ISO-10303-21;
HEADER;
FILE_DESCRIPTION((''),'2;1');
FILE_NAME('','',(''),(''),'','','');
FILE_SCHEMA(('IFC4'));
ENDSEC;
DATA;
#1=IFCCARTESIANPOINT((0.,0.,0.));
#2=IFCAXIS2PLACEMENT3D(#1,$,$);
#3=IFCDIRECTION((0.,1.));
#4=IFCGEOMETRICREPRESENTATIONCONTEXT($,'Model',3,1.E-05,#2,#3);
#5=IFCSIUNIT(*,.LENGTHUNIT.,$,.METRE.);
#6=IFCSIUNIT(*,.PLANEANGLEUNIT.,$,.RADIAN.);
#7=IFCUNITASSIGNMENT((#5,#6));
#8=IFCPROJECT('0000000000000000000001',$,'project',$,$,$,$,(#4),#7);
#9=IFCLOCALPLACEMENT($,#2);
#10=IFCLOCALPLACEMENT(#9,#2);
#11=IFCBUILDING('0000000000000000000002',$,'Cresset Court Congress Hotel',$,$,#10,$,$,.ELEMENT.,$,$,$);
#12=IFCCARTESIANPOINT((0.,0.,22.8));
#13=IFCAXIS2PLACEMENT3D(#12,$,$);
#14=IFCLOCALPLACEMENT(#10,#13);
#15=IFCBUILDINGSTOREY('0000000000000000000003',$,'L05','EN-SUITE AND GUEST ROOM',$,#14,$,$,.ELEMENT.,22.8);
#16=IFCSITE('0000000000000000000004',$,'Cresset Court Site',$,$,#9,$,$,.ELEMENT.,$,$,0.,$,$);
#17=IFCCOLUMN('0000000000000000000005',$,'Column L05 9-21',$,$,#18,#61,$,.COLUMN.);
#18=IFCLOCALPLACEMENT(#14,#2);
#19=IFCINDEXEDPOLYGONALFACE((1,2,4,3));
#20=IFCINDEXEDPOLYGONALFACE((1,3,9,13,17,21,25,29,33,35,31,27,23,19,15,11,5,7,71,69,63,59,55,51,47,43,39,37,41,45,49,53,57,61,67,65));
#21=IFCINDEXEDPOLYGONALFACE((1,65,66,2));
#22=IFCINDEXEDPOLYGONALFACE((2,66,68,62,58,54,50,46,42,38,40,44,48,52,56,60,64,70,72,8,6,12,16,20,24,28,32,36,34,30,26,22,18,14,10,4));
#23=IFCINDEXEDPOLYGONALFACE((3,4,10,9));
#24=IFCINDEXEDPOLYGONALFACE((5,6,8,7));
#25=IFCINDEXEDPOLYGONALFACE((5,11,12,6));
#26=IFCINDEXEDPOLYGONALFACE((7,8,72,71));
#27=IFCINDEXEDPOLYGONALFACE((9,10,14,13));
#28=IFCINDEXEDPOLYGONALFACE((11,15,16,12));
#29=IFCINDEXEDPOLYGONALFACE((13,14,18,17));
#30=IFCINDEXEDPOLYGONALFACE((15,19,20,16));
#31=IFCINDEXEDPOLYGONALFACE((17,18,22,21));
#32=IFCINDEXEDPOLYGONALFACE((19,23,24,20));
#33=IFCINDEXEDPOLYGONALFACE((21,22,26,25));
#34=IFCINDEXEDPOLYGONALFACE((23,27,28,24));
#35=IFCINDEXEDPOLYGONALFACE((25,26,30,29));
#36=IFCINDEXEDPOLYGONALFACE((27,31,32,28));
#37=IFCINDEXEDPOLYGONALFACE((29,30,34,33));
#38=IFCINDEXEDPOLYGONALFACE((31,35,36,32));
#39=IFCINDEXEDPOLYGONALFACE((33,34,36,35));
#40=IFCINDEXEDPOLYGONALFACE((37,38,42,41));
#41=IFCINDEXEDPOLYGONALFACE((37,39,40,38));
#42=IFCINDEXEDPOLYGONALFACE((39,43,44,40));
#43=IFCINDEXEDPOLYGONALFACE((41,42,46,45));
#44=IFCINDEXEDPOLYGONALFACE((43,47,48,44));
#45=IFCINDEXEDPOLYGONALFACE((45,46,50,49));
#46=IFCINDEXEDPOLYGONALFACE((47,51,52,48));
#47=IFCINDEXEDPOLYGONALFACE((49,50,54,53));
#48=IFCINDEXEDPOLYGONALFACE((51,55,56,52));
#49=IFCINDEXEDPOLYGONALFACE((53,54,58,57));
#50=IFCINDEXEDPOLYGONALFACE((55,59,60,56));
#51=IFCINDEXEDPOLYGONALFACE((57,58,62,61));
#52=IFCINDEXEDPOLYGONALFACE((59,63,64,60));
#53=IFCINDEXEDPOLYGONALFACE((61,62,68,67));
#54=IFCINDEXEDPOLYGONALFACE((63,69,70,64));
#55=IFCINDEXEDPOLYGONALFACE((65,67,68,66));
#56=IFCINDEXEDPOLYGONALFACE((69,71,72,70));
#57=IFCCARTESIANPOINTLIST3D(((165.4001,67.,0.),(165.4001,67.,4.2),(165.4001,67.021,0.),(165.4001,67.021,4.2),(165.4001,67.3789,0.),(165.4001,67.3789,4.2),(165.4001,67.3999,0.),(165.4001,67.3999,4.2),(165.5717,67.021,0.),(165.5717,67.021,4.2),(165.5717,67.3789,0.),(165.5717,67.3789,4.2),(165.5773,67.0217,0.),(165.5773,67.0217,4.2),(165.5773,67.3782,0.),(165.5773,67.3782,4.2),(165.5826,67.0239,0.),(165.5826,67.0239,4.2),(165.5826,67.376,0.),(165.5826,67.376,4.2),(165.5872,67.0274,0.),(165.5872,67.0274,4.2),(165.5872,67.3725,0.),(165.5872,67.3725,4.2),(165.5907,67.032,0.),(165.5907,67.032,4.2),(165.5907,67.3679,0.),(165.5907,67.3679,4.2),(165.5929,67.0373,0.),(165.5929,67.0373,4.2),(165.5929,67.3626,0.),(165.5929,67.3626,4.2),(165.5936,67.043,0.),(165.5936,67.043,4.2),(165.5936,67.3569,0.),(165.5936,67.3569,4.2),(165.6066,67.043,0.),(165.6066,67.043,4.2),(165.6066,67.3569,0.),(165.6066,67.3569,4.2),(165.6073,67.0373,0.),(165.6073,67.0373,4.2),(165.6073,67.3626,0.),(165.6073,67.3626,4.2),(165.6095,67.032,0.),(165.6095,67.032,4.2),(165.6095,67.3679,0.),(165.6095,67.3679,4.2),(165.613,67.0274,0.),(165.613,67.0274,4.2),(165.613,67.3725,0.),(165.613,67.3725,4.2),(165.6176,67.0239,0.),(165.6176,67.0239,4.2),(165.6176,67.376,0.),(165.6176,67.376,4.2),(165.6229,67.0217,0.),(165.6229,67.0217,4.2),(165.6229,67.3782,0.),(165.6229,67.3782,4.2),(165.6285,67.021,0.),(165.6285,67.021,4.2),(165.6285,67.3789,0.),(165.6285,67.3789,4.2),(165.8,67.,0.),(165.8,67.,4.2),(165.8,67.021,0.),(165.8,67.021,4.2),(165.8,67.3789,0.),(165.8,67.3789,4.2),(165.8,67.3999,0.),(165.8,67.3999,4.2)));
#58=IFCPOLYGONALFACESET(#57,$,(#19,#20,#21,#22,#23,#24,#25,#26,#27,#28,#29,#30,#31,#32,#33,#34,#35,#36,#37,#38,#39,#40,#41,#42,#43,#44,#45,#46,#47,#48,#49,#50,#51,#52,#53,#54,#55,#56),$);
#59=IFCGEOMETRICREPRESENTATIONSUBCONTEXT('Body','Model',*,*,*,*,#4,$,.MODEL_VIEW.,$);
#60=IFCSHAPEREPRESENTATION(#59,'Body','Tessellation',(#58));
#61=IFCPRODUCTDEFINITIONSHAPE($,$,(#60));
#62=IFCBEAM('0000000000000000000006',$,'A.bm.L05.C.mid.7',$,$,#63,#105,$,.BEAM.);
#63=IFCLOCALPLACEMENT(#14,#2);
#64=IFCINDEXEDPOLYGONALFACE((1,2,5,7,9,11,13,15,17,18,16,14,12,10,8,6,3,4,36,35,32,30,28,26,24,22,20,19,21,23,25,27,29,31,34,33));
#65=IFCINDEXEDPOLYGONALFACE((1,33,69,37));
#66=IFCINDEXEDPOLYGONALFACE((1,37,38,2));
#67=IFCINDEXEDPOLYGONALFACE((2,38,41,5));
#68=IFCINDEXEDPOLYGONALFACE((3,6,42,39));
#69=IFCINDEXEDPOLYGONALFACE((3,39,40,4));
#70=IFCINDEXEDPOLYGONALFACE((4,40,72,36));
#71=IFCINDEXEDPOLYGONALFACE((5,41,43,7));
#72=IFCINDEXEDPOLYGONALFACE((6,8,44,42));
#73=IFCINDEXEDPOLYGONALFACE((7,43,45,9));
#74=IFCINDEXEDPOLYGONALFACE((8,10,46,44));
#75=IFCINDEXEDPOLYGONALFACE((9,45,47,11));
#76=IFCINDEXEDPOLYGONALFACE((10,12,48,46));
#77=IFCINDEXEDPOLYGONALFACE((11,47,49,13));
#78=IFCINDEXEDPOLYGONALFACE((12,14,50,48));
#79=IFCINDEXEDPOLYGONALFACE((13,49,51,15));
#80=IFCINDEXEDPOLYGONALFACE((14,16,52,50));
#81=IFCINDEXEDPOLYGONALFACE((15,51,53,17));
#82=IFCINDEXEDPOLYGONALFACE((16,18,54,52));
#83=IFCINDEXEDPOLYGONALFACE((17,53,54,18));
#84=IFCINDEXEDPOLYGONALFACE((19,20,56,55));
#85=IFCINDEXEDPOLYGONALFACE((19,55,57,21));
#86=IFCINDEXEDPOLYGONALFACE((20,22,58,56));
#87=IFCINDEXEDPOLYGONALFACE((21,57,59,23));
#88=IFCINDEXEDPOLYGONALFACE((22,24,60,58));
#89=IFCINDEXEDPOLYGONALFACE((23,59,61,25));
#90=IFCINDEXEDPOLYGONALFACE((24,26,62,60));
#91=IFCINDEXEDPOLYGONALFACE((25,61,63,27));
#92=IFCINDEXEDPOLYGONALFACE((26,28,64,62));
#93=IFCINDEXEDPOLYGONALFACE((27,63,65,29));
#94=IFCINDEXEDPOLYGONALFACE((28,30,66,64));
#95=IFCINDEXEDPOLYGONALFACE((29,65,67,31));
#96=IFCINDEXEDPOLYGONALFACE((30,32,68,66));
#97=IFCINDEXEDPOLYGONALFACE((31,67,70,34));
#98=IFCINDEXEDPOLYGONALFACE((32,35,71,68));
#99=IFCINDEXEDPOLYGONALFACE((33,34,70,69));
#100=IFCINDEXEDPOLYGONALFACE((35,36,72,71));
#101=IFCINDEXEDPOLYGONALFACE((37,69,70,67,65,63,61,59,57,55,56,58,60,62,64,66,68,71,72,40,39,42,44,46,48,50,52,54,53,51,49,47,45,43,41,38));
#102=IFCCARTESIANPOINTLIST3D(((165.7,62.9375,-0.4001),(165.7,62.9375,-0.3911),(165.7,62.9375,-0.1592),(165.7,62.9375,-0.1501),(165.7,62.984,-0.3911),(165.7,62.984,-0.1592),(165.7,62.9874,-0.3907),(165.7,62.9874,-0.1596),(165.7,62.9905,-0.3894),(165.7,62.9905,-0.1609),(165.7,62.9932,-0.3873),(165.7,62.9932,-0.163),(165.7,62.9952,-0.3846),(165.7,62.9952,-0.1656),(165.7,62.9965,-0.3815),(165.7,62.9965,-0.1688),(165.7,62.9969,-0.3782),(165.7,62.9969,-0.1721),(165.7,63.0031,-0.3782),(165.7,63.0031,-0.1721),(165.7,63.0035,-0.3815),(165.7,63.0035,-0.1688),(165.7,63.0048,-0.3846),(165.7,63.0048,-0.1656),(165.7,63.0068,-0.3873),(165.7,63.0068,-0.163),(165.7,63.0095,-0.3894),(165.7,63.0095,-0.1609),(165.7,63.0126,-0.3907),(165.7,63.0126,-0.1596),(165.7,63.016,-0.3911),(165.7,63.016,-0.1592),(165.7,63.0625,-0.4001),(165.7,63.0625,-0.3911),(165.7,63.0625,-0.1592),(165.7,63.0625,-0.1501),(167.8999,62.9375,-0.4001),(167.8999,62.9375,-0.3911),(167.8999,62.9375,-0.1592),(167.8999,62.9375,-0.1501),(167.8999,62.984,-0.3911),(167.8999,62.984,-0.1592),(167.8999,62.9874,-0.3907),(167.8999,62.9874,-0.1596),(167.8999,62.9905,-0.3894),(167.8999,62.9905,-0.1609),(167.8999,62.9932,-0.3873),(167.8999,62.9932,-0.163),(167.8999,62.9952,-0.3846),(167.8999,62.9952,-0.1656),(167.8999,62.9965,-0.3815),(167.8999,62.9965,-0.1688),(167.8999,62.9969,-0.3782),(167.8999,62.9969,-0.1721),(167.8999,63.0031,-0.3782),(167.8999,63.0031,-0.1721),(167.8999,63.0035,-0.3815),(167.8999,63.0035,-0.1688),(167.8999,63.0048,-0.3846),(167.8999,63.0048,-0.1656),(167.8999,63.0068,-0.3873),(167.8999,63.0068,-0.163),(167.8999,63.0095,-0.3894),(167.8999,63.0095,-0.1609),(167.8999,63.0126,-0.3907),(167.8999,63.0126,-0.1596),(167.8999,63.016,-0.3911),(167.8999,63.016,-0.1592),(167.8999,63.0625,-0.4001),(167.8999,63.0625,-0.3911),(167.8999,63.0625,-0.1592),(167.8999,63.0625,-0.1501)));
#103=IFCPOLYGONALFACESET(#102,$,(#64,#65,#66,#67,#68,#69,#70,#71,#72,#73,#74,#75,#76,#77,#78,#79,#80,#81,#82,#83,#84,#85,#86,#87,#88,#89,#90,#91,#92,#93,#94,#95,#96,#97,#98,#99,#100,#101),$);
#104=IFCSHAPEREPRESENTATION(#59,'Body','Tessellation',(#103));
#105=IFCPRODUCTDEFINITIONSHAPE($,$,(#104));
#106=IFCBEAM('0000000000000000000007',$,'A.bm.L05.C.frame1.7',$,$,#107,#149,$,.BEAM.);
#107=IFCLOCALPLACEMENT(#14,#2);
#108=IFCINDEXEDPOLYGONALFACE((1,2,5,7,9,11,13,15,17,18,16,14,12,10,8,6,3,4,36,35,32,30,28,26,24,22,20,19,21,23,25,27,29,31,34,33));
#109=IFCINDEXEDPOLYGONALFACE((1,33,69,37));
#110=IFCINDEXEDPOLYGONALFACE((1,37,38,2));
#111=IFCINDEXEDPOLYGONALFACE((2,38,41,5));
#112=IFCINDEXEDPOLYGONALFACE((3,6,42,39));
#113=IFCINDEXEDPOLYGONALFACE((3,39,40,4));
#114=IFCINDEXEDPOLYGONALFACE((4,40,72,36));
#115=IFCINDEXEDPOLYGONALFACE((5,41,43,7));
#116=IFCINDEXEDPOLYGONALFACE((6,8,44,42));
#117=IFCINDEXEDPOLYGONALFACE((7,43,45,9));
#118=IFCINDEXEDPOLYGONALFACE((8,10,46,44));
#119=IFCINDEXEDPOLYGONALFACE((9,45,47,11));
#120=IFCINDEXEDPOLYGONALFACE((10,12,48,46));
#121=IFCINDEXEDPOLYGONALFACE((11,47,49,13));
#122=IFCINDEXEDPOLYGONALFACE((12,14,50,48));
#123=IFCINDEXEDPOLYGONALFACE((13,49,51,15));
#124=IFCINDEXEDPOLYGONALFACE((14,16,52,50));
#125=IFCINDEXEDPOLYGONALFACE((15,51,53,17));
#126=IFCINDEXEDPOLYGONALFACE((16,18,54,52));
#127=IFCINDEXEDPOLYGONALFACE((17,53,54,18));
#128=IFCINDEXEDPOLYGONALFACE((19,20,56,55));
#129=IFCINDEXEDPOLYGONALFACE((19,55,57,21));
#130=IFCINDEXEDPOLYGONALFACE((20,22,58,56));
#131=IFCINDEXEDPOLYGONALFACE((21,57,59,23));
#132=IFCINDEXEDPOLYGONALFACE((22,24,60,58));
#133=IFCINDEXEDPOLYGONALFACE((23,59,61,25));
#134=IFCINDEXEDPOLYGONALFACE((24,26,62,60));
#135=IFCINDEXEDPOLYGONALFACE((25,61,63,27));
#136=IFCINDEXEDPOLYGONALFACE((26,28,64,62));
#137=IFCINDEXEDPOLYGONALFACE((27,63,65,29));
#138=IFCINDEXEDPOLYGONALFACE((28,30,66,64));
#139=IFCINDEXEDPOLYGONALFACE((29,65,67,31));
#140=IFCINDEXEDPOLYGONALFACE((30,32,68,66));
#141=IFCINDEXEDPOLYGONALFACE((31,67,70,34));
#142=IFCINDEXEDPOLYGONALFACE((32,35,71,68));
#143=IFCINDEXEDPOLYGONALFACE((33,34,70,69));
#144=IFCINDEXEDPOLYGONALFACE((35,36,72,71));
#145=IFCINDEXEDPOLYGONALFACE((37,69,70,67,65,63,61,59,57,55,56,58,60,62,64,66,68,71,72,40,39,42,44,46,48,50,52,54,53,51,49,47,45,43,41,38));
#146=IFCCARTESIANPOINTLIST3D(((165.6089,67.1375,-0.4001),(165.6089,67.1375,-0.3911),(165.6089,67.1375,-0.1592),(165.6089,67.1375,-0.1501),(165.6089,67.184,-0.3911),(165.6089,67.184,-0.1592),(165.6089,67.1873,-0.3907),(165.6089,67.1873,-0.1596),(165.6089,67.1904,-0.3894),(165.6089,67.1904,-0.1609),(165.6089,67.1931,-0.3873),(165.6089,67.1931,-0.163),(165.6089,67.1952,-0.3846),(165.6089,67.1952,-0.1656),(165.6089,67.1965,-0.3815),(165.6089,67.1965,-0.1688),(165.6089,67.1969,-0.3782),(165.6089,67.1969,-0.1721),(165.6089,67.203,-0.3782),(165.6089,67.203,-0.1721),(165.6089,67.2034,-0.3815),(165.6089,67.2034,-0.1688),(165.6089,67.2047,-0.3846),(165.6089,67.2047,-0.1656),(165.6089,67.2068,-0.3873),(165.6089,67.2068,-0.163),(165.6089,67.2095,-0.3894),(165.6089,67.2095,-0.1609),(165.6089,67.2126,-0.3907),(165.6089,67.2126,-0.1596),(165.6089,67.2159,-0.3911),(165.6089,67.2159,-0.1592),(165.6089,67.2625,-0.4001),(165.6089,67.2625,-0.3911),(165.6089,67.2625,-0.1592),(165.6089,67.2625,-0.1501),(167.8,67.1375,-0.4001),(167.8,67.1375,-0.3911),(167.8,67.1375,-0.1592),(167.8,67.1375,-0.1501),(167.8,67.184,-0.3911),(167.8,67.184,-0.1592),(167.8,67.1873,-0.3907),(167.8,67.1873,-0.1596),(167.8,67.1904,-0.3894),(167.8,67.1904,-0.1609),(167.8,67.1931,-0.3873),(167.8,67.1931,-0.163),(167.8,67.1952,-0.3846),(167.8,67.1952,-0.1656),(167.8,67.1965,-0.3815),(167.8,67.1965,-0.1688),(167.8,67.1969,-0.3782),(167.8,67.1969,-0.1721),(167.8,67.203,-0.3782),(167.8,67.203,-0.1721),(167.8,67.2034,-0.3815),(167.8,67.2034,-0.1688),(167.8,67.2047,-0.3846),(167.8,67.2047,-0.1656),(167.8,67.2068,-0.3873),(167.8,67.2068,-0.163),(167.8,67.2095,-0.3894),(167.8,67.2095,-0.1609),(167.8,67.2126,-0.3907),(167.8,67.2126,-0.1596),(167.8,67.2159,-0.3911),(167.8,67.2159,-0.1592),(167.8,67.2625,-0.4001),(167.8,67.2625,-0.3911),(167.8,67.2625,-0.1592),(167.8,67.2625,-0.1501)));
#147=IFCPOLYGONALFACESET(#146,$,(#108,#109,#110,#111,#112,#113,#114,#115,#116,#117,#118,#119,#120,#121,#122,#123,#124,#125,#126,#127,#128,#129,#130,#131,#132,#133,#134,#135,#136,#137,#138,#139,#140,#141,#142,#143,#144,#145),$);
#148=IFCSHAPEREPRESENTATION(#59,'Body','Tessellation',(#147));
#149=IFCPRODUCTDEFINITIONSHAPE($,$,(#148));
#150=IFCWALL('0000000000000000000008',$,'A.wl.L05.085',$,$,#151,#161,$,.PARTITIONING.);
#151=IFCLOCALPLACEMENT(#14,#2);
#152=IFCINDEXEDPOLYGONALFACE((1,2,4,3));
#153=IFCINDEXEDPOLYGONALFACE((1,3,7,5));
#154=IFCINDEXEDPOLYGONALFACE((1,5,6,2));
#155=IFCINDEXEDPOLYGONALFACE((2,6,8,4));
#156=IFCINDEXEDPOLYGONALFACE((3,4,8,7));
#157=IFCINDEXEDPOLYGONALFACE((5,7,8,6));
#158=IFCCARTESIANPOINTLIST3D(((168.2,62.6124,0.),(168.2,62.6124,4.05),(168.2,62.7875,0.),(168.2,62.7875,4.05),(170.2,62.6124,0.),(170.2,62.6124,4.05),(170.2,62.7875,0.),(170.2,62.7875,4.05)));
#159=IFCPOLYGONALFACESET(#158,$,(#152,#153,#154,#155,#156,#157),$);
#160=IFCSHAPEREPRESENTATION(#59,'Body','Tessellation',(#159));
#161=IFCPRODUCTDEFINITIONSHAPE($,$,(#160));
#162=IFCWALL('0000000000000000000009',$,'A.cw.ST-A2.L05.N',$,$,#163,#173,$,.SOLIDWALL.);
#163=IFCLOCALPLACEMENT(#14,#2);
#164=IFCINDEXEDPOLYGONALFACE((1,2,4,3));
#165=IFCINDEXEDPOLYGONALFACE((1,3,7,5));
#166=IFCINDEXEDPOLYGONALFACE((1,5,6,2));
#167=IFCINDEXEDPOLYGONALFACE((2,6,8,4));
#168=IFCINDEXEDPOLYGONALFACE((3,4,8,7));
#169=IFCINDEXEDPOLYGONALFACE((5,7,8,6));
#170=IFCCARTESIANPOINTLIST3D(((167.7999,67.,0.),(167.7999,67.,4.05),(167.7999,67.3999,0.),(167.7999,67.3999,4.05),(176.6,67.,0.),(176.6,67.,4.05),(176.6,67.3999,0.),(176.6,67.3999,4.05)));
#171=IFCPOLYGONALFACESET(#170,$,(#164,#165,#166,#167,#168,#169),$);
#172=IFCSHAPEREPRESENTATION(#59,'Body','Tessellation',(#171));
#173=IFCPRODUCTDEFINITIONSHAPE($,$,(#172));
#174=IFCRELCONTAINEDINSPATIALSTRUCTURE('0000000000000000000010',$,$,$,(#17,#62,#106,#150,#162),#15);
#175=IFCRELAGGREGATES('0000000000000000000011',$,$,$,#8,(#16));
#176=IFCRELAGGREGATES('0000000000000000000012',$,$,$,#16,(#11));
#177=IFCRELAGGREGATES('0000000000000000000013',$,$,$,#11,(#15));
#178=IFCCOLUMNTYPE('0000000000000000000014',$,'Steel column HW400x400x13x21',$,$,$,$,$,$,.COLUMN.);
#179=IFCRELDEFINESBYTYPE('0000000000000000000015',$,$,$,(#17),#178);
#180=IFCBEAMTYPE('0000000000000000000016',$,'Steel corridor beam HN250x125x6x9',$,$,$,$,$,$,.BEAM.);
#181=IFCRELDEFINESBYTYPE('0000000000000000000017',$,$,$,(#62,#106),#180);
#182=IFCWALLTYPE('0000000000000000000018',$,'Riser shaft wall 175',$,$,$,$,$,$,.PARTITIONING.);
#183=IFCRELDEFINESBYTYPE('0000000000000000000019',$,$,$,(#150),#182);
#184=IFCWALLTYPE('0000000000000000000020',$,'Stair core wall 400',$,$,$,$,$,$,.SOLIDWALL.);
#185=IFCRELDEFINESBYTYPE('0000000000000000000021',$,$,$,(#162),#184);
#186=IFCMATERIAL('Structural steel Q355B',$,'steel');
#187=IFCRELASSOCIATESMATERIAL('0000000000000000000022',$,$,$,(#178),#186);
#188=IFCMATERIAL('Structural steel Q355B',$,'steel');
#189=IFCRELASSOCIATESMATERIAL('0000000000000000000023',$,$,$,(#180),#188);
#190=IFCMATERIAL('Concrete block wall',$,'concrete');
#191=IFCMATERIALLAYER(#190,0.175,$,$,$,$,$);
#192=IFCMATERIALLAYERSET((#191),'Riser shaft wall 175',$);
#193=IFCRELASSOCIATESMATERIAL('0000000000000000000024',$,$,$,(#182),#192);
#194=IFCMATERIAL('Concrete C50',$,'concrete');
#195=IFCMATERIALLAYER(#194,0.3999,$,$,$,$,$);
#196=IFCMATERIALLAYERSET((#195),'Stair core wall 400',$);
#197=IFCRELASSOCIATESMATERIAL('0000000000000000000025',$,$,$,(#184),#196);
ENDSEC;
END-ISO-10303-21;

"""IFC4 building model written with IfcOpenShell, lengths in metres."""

from ifc_helpers import new_model, si_unit, direction, frame, frame_2d, origin, origin_2d, place, context, subcontext, project, spatial, rectangle, i_section, extrude, material, layer, layer_set, material_profile, profile_set, type_object, element, save


model = new_model("IFC4")

# Units and contexts
model_context = context("Model", 3, precision=1e-05, world=origin(), true_north=direction((0.0, 1.0)))
body_context = subcontext(model_context, "Body", "Model", "MODEL_VIEW")
ifc_project = project(units=[si_unit("LENGTHUNIT", "METRE"), si_unit("PLANEANGLEUNIT", "RADIAN")], contexts=[model_context])

# Site, building, storey
site_placement = place(None, origin())
site = spatial("IfcSite", under=ifc_project, at=site_placement, Name="Cresset Court Site", CompositionType="ELEMENT", RefElevation=0.0)
building_placement = place(site_placement, origin())
building = spatial("IfcBuilding", under=site, at=building_placement, Name="Cresset Court Congress Hotel", CompositionType="ELEMENT")
storey_placement = place(building_placement, frame((0.0, 0.0, 22.8)))
storey = spatial("IfcBuildingStorey", under=building, at=storey_placement, Name="L05", Description="EN-SUITE AND GUEST ROOM", CompositionType="ELEMENT", Elevation=22.8)

# Column
ifc_material_1 = material(Name="Structural steel Q355B", Category="steel")
ifc_material_profile_1 = material_profile(ifc_material_1, i_section(OverallWidth=0.3999, OverallDepth=0.3999, WebThickness=0.0129, FlangeThickness=0.021, FilletRadius=0.022, at=origin_2d()), Name="HW400x400x13x21")
ifc_profile_set_1 = profile_set([ifc_material_profile_1], Name="Structural steel Q355B")
column_type = type_object("IfcColumnType", Name="Steel column HW400x400x13x21", PredefinedType="COLUMN", material=ifc_profile_set_1)
column_placement = place(storey_placement, frame((165.6001, 67.2, 0.0), z_axis=(0.0, 0.0, 1.0), x_axis=(1.0, 0.0, 0.0)))
element("IfcColumn", 1, at=column_placement, inside=storey, type_object=column_type, Name="Column L05 9-21", PredefinedType="COLUMN", context=body_context, shape_type="SweptSolid", body=[
    extrude(i_section(OverallWidth=0.3999, OverallDepth=0.3999, WebThickness=0.0129, FlangeThickness=0.021, FilletRadius=0.022, at=origin_2d()), origin(), (0.0, 0.0, 1.0), 4.2),
])

# Beams
ifc_material_2 = material(Name="Structural steel Q355B", Category="steel")
ifc_material_profile_2 = material_profile(ifc_material_2, i_section(OverallWidth=0.125, OverallDepth=0.25, WebThickness=0.0061, FlangeThickness=0.009, FilletRadius=0.0129, at=origin_2d()), Name="HN250x125x6x9")
ifc_profile_set_2 = profile_set([ifc_material_profile_2], Name="Structural steel Q355B")
beam_type = type_object("IfcBeamType", Name="Steel corridor beam HN250x125x6x9", PredefinedType="BEAM", material=ifc_profile_set_2)
beam_1_placement = place(storey_placement, frame((165.7, 63.0, -0.2751), z_axis=(1.0, 0.0, 0.0), x_axis=(0.0, 1.0, 0.0)))
element("IfcBeam", 2, at=beam_1_placement, inside=storey, type_object=beam_type, Name="A.bm.L05.C.mid.7", PredefinedType="BEAM", context=body_context, shape_type="SweptSolid", body=[
    extrude(i_section(OverallWidth=0.125, OverallDepth=0.25, WebThickness=0.0061, FlangeThickness=0.009, FilletRadius=0.0129, at=origin_2d()), origin(), (0.0, 0.0, 1.0), 2.2),
])
beam_2_placement = place(storey_placement, frame((165.6089, 67.2, -0.2751), z_axis=(1.0, 0.0, 0.0), x_axis=(0.0, 1.0, 0.0)))
element("IfcBeam", 3, at=beam_2_placement, inside=storey, type_object=beam_type, Name="A.bm.L05.C.frame1.7", PredefinedType="BEAM", context=body_context, shape_type="SweptSolid", body=[
    extrude(i_section(OverallWidth=0.125, OverallDepth=0.25, WebThickness=0.0061, FlangeThickness=0.009, FilletRadius=0.0129, at=origin_2d()), origin(), (0.0, 0.0, 1.0), 2.1912),
])

# Walls
ifc_material_3 = material(Name="Concrete block wall", Category="concrete")
ifc_layer_1 = layer(ifc_material_3, 0.175)
ifc_layer_set_1 = layer_set([ifc_layer_1], Name="Riser shaft wall 175")
wall_type_1 = type_object("IfcWallType", Name="Riser shaft wall 175", PredefinedType="PARTITIONING", material=ifc_layer_set_1)
wall_1_placement = place(storey_placement, frame((168.2, 62.7, 0.0), z_axis=(0.0, 0.0, 1.0), x_axis=(1.0, 0.0, 0.0)))
element("IfcWall", 4, at=wall_1_placement, inside=storey, type_object=wall_type_1, Name="A.wl.L05.085", PredefinedType="PARTITIONING", context=body_context, shape_type="SweptSolid", body=[
    extrude(rectangle(XDim=2.0, YDim=0.175, at=frame_2d((1.0, 0.0))), origin(), (0.0, 0.0, 1.0), 4.05),
])
ifc_material_4 = material(Name="Concrete C50", Category="concrete")
ifc_layer_2 = layer(ifc_material_4, 0.3999)
ifc_layer_set_2 = layer_set([ifc_layer_2], Name="Stair core wall 400")
wall_type_2 = type_object("IfcWallType", Name="Stair core wall 400", PredefinedType="SOLIDWALL", material=ifc_layer_set_2)
wall_2_placement = place(storey_placement, frame((167.8, 67.2, 0.0), z_axis=(0.0, 0.0, 1.0), x_axis=(1.0, 0.0, 0.0)))
element("IfcWall", 5, at=wall_2_placement, inside=storey, type_object=wall_type_2, Name="A.cw.ST-A2.L05.N", PredefinedType="SOLIDWALL", context=body_context, shape_type="SweptSolid", body=[
    extrude(rectangle(XDim=8.8, YDim=0.3999, at=frame_2d((4.3999, 0.0))), origin(), (0.0, 0.0, 1.0), 4.05),
])

save(model, "model.ifc")
